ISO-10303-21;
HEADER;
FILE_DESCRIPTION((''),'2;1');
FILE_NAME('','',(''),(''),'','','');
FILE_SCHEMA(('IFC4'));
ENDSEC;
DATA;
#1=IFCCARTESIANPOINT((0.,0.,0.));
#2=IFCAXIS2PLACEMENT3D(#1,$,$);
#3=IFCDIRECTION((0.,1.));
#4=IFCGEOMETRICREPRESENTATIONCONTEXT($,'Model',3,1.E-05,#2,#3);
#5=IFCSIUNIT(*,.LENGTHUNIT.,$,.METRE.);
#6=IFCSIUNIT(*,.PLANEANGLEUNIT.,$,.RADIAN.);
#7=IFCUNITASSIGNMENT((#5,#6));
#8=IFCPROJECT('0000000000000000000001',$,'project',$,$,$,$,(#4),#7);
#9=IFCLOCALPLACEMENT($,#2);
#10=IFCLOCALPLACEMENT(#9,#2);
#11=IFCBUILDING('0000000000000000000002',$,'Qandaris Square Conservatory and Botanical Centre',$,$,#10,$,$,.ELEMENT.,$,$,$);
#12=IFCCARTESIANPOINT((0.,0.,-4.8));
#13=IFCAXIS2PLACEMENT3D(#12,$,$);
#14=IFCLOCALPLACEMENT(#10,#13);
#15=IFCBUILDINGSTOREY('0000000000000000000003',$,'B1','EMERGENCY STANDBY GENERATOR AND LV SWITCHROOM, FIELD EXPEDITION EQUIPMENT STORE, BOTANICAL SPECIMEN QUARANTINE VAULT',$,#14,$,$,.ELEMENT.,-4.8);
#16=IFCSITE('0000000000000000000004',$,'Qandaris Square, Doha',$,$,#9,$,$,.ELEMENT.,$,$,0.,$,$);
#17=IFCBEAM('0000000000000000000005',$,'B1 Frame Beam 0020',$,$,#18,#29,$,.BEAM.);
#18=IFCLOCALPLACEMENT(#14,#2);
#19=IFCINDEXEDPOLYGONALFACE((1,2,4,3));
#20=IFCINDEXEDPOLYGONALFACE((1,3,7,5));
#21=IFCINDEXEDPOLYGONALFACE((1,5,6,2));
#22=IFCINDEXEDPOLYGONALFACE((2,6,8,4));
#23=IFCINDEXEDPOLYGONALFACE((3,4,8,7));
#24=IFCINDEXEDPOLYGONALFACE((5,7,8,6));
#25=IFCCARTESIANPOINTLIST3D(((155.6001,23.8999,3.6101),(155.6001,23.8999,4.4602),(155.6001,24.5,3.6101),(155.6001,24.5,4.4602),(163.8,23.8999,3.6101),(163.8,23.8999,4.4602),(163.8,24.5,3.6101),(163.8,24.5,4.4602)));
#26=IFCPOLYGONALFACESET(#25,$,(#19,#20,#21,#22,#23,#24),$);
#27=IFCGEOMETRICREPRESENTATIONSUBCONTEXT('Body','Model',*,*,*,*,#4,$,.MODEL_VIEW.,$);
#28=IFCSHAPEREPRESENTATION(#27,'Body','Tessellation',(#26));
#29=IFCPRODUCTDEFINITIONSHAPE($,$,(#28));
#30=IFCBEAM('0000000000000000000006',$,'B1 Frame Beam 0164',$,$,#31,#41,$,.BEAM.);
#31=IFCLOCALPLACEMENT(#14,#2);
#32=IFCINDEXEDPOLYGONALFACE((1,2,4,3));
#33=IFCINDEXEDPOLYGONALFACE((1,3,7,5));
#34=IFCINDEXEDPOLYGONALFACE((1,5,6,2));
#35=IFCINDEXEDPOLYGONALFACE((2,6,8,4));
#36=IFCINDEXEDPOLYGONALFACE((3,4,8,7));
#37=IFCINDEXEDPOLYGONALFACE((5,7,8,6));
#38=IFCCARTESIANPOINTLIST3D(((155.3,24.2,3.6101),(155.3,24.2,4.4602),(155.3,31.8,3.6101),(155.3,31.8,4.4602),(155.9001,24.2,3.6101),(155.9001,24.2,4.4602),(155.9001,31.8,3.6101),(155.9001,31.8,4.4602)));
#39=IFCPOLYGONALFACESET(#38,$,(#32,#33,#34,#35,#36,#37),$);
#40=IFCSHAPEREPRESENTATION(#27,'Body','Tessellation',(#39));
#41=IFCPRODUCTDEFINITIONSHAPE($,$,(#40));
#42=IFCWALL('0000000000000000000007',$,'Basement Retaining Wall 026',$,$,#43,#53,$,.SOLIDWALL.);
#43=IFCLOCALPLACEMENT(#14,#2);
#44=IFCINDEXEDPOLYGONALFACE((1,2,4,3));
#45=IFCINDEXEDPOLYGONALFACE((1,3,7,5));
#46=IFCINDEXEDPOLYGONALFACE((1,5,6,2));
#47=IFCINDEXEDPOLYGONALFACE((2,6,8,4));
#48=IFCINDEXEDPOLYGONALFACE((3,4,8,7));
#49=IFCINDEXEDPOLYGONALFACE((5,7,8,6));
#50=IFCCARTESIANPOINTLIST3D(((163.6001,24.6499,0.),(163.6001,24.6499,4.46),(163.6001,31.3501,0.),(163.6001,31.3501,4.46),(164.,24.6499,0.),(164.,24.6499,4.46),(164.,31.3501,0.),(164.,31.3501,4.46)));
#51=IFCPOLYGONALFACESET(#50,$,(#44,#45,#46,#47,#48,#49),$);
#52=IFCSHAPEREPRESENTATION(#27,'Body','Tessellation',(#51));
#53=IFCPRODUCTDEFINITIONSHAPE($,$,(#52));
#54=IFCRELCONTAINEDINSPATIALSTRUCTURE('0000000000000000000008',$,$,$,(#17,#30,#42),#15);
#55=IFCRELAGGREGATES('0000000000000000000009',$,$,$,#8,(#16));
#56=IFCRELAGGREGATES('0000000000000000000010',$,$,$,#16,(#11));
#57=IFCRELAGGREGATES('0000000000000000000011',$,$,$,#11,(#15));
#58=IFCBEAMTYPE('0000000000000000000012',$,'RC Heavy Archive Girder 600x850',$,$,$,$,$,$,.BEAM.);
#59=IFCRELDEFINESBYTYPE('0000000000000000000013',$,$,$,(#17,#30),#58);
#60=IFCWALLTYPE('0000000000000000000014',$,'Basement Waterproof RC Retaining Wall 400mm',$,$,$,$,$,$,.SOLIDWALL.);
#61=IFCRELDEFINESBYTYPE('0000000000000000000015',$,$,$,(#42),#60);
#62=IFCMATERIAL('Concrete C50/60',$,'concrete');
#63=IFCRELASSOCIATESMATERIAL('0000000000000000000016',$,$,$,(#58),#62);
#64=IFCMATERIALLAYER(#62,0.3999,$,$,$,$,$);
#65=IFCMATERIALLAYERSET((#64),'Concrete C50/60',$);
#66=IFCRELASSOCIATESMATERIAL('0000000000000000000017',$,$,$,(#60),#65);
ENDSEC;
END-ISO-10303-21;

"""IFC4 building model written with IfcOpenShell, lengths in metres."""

from ifc_helpers import new_model, si_unit, direction, frame, frame_2d, origin, origin_2d, place, context, subcontext, project, spatial, rectangle, extrude, material, layer, layer_set, material_profile, profile_set, type_object, element, save


model = new_model("IFC4")

# Units and contexts
model_context = context("Model", 3, precision=1e-05, world=origin(), true_north=direction((0.0, 1.0)))
body_context = subcontext(model_context, "Body", "Model", "MODEL_VIEW")
ifc_project = project(units=[si_unit("LENGTHUNIT", "METRE"), si_unit("PLANEANGLEUNIT", "RADIAN")], contexts=[model_context])

# Site, building, storey
site_placement = place(None, origin())
site = spatial("IfcSite", under=ifc_project, at=site_placement, Name="Qandaris Square, Doha", CompositionType="ELEMENT", RefElevation=0.0)
building_placement = place(site_placement, origin())
building = spatial("IfcBuilding", under=site, at=building_placement, Name="Qandaris Square Conservatory and Botanical Centre", CompositionType="ELEMENT")
storey_placement = place(building_placement, frame((0.0, 0.0, -4.8)))
storey = spatial("IfcBuildingStorey", under=building, at=storey_placement, Name="B1", Description="EMERGENCY STANDBY GENERATOR AND LV SWITCHROOM, FIELD EXPEDITION EQUIPMENT STORE, BOTANICAL SPECIMEN QUARANTINE VAULT", CompositionType="ELEMENT", Elevation=-4.8)

# Shared definitions
ifc_material_1 = material(Name="Concrete C50/60", Category="concrete")

# Beams
ifc_material_profile_1 = material_profile(ifc_material_1, rectangle(XDim=0.6001, YDim=0.8501, at=origin_2d()), Name="RC-BM 600x850")
ifc_profile_set_1 = profile_set([ifc_material_profile_1], Name="Concrete C50/60")
beam_type_1 = type_object("IfcBeamType", Name="RC Heavy Archive Girder 600x850", PredefinedType="BEAM", material=ifc_profile_set_1)
beam_1_placement = place(storey_placement, frame((155.6001, 24.2, 4.0352), z_axis=(1.0, 0.0, 0.0), x_axis=(0.0, 1.0, 0.0)))
element("IfcBeam", 1, at=beam_1_placement, inside=storey, type_object=beam_type_1, Name="B1 Frame Beam 0020", PredefinedType="BEAM", context=body_context, shape_type="SweptSolid", body=[
    extrude(rectangle(XDim=0.6001, YDim=0.8501, at=origin_2d()), origin(), (0.0, 0.0, 1.0), 8.2),
])
beam_2_placement = place(storey_placement, frame((155.6001, 24.2, 4.0352), z_axis=(0.0, 1.0, 0.0), x_axis=(-1.0, 0.0, 0.0)))
element("IfcBeam", 2, at=beam_2_placement, inside=storey, type_object=beam_type_1, Name="B1 Frame Beam 0164", PredefinedType="BEAM", context=body_context, shape_type="SweptSolid", body=[
    extrude(rectangle(XDim=0.6001, YDim=0.8501, at=origin_2d()), origin(), (0.0, 0.0, 1.0), 7.6001),
])

# Wall
ifc_layer = layer(ifc_material_1, 0.3999)
ifc_layer_set = layer_set([ifc_layer], Name="Concrete C50/60")
wall_type = type_object("IfcWallType", Name="Basement Waterproof RC Retaining Wall 400mm", PredefinedType="SOLIDWALL", material=ifc_layer_set)
wall_placement = place(storey_placement, frame((163.8, 24.6499, 0.0), z_axis=(0.0, 0.0, 1.0), x_axis=(0.0, 1.0, 0.0)))
element("IfcWall", 3, at=wall_placement, inside=storey, type_object=wall_type, Name="Basement Retaining Wall 026", PredefinedType="SOLIDWALL", context=body_context, shape_type="SweptSolid", body=[
    extrude(rectangle(XDim=6.7002, YDim=0.3999, at=frame_2d((3.3501, 0.0))), origin(), (0.0, 0.0, 1.0), 4.46),
])

save(model, "model.ifc")
